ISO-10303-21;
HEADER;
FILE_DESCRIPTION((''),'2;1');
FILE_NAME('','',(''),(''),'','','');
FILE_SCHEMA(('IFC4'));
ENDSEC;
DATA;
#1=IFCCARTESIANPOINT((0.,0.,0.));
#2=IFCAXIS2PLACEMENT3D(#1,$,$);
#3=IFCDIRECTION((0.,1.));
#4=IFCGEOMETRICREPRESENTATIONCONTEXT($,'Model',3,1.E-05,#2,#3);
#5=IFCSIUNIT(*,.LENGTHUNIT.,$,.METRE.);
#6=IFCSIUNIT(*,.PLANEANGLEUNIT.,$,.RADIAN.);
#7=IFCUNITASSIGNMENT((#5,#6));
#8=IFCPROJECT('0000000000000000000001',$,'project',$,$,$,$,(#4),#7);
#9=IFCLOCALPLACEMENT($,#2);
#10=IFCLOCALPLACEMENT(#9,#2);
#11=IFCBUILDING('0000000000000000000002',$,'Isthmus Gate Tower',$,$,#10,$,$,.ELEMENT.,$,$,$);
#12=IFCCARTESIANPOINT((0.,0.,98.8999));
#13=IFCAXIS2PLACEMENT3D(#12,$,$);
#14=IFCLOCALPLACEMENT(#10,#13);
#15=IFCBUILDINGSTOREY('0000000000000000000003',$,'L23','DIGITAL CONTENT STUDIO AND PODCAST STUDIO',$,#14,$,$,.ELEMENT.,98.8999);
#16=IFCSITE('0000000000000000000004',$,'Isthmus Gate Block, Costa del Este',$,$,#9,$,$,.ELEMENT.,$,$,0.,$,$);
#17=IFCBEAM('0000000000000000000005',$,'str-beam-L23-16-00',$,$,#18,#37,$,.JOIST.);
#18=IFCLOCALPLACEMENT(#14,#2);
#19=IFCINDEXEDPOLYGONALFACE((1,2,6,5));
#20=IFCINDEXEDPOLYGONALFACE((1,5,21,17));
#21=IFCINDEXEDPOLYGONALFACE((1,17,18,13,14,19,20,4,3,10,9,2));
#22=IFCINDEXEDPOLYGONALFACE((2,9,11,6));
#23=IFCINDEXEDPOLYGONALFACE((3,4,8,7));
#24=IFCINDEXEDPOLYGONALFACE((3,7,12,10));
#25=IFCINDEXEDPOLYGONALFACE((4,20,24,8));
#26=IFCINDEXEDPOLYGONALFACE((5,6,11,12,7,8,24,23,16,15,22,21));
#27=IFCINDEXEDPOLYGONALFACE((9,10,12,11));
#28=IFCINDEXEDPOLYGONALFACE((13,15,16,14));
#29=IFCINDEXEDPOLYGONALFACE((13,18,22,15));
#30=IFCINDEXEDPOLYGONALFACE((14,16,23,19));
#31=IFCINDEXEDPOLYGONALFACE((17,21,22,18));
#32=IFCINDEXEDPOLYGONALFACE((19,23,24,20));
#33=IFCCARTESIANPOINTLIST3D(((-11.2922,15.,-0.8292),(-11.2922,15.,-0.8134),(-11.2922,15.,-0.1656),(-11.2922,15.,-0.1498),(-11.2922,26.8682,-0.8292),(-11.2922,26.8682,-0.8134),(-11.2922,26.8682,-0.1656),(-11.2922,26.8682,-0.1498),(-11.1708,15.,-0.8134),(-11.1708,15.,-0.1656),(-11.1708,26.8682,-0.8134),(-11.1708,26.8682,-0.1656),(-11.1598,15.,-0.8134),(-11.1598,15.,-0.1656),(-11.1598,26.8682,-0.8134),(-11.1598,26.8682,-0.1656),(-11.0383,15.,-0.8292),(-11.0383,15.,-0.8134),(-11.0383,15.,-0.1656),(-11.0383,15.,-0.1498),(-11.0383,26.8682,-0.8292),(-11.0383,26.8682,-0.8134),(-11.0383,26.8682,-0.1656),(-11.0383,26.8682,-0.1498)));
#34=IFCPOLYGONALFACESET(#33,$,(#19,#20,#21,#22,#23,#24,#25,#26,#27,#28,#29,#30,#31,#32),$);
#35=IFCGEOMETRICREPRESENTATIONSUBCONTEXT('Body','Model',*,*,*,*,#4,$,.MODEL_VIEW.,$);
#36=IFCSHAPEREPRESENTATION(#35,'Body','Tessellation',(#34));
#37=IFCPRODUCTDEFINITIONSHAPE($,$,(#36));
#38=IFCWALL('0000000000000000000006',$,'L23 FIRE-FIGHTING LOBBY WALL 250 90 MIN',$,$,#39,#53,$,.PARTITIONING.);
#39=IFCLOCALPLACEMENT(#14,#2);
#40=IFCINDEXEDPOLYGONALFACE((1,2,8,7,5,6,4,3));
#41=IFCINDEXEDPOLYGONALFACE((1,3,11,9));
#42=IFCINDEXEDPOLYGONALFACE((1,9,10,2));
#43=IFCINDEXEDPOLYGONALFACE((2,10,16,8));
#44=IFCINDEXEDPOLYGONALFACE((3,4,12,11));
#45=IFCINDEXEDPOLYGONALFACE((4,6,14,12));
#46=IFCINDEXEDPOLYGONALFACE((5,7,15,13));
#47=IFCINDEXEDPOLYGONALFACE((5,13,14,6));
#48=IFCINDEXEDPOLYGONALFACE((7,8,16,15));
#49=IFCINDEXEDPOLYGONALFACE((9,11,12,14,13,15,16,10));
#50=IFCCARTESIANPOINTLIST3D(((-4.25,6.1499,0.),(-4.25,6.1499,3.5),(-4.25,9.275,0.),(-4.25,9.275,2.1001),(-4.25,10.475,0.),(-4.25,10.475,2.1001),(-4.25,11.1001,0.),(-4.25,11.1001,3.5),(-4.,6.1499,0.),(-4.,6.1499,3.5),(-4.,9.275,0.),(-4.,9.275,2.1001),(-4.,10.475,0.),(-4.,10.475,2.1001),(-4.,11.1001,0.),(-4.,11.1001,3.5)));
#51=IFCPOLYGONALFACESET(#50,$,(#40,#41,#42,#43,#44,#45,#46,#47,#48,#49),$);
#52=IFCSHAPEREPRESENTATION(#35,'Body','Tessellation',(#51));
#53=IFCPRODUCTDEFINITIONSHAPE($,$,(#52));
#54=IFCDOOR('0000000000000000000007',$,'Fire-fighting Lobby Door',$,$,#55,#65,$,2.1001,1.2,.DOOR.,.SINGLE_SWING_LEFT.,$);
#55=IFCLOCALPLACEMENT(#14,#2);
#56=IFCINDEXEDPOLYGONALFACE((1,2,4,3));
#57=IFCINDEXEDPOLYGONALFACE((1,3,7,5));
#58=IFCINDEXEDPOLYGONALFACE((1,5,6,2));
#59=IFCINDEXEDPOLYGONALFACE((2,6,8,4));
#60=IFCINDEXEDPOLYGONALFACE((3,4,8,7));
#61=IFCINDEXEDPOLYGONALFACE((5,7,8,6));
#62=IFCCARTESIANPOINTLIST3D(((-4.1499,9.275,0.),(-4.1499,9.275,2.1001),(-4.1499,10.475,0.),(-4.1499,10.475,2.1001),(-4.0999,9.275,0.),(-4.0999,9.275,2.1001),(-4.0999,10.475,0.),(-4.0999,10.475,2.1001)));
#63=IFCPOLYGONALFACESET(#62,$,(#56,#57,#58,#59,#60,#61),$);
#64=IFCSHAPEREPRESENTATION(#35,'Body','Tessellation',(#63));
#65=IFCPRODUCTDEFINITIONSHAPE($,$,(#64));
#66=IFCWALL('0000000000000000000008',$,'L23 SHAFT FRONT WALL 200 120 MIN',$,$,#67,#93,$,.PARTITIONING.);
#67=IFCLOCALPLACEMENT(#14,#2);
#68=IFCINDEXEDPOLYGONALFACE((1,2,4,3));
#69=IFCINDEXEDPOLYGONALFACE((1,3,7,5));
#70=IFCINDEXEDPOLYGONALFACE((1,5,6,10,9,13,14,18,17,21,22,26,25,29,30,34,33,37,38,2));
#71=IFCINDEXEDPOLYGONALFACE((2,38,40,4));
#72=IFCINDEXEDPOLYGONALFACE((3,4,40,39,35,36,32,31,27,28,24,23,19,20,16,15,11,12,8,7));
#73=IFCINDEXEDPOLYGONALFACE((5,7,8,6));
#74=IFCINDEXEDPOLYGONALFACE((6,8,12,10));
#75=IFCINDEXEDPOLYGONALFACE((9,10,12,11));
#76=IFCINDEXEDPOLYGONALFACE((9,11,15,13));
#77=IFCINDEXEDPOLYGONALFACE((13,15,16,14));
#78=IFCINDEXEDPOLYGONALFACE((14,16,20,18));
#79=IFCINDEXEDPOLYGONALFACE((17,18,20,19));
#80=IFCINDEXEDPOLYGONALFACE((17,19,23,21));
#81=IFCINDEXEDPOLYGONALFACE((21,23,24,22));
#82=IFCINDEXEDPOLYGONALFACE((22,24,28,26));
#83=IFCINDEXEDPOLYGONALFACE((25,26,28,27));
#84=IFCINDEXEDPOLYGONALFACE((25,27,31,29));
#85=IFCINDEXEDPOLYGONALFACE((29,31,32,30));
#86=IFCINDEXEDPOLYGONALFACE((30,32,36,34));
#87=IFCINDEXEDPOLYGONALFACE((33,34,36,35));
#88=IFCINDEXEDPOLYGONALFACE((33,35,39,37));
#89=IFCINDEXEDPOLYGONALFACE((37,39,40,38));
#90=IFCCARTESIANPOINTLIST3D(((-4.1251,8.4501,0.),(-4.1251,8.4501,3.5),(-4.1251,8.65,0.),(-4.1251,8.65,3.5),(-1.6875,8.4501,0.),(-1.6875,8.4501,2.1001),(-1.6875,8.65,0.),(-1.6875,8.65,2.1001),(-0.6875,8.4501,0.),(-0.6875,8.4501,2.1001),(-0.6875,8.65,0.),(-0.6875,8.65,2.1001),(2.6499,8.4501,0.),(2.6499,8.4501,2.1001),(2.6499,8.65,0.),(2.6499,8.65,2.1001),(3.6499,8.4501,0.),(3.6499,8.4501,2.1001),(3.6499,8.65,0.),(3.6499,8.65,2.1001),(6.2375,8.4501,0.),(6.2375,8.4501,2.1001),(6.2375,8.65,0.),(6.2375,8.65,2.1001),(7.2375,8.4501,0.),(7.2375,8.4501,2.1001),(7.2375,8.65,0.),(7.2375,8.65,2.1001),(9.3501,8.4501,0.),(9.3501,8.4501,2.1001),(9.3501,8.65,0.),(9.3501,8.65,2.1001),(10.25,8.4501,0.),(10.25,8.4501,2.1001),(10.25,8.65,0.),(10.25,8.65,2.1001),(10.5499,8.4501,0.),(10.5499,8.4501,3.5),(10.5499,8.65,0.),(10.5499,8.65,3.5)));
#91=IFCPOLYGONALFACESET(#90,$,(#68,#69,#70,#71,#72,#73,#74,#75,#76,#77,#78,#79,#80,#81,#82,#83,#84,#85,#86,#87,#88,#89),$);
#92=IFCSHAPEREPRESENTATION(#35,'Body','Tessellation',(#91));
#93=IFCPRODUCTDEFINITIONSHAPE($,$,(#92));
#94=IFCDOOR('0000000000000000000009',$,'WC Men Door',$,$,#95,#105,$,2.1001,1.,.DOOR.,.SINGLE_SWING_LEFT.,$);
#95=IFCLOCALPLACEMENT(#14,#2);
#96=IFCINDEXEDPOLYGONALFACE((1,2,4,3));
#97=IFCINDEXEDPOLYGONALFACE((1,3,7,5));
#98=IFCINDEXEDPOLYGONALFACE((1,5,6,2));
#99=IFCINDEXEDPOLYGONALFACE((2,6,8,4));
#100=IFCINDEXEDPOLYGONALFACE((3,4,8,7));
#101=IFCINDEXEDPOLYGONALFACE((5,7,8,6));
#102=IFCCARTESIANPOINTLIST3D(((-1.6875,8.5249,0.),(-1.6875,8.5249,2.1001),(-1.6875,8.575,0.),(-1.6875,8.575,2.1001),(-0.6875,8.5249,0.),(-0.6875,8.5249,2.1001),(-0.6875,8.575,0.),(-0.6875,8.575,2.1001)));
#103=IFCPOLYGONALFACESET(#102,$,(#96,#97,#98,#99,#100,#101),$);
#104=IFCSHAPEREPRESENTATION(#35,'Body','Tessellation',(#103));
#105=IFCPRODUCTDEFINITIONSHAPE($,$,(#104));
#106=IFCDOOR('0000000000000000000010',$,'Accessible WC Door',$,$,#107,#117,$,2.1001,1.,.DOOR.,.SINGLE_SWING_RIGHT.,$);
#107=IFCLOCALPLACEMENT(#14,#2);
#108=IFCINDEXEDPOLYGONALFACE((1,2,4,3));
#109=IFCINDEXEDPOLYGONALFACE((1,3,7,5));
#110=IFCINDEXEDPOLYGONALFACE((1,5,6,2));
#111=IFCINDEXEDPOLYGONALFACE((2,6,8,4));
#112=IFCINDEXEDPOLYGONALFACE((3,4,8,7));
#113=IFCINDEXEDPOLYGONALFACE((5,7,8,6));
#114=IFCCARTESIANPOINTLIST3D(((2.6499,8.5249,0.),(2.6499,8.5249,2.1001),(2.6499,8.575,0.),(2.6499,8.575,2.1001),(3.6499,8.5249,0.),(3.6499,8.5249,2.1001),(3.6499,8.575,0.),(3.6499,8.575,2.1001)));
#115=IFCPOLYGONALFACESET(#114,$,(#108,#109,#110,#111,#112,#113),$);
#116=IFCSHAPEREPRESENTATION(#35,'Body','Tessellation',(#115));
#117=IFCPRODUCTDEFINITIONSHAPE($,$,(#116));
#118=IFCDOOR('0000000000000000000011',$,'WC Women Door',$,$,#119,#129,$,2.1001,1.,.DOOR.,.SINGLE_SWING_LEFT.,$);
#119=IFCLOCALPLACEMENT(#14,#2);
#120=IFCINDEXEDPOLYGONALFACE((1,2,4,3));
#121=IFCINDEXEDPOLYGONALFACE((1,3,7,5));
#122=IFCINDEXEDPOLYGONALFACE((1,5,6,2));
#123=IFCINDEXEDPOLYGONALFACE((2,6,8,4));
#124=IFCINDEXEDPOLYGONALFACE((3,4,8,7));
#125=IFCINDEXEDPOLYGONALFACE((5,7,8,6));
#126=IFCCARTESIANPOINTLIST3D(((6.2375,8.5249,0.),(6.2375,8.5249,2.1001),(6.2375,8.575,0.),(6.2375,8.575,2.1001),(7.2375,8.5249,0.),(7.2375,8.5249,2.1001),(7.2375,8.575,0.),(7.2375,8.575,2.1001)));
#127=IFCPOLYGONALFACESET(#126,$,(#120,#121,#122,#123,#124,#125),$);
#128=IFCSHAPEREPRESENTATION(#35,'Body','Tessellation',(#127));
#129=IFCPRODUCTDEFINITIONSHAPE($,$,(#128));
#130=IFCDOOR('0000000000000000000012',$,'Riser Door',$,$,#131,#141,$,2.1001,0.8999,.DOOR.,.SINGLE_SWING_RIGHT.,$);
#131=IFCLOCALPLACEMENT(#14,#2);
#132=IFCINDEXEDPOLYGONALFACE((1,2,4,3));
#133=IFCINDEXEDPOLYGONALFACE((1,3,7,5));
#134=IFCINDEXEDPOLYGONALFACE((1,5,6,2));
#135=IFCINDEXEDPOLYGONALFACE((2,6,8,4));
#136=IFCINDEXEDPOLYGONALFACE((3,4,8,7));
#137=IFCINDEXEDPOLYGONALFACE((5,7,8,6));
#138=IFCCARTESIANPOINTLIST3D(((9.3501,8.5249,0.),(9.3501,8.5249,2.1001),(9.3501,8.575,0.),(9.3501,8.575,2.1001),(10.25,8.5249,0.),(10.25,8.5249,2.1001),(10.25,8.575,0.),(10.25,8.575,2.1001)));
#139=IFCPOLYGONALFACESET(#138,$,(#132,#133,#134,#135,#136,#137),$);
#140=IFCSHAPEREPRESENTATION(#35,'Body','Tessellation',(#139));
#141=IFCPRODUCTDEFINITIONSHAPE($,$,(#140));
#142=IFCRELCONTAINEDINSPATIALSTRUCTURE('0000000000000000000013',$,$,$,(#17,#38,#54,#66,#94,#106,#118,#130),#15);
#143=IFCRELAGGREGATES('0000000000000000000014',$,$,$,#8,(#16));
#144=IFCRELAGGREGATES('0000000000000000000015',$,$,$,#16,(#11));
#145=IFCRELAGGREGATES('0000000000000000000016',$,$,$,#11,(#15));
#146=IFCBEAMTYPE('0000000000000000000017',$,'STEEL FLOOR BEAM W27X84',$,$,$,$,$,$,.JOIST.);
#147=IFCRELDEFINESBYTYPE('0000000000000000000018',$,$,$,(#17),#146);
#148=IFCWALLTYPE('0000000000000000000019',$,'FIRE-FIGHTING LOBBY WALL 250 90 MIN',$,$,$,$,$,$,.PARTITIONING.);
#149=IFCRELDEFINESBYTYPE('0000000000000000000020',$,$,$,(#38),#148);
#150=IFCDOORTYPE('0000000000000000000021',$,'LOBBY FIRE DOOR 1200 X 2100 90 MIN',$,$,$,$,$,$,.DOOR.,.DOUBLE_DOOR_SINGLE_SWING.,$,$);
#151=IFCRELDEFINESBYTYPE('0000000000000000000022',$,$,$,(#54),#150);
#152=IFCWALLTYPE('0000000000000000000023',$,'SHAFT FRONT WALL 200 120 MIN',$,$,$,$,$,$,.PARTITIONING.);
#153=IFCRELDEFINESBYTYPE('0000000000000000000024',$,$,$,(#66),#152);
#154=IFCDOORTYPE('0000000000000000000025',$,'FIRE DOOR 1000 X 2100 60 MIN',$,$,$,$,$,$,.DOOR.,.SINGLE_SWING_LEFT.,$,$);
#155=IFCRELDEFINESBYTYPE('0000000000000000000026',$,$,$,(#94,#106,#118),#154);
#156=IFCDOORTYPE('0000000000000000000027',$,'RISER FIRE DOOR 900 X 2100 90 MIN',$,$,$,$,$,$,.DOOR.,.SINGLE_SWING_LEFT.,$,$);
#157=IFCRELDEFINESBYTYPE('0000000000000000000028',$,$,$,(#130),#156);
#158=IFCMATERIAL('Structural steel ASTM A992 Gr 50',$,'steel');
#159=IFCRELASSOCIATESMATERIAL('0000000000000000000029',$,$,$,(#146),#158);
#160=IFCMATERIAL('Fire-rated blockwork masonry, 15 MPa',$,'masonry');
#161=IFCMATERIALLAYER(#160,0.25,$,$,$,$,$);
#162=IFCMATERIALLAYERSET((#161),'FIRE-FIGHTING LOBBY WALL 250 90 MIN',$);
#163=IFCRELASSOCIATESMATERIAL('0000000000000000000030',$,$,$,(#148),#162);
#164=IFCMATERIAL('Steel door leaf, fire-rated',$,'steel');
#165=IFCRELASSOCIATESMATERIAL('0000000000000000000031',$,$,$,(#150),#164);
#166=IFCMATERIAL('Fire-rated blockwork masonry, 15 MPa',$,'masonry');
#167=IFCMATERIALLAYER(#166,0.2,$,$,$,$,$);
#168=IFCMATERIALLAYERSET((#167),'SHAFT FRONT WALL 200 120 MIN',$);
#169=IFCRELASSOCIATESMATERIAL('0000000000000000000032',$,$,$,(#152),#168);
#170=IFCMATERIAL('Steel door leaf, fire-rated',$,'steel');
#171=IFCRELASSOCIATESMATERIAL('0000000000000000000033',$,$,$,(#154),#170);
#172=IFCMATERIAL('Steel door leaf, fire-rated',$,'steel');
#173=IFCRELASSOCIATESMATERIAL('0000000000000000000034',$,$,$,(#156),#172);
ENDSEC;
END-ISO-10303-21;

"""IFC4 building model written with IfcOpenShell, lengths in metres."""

from ifc_helpers import new_model, si_unit, direction, frame, frame_2d, origin, origin_2d, place, context, subcontext, project, spatial, rectangle, i_section, extrude, material, layer, layer_set, material_profile, profile_set, type_object, element, fill, save


model = new_model("IFC4")

# Units and contexts
model_context = context("Model", 3, precision=1e-05, world=origin(), true_north=direction((0.0, 1.0)))
body_context = subcontext(model_context, "Body", "Model", "MODEL_VIEW")
ifc_project = project(units=[si_unit("LENGTHUNIT", "METRE"), si_unit("PLANEANGLEUNIT", "RADIAN")], contexts=[model_context])

# Site, building, storey
site_placement = place(None, origin())
site = spatial("IfcSite", under=ifc_project, at=site_placement, Name="Isthmus Gate Block, Costa del Este", CompositionType="ELEMENT", RefElevation=0.0)
building_placement = place(site_placement, origin())
building = spatial("IfcBuilding", under=site, at=building_placement, Name="Isthmus Gate Tower", CompositionType="ELEMENT")
storey_placement = place(building_placement, frame((0.0, 0.0, 98.8999)))
storey = spatial("IfcBuildingStorey", under=building, at=storey_placement, Name="L23", Description="DIGITAL CONTENT STUDIO AND PODCAST STUDIO", CompositionType="ELEMENT", Elevation=98.8999)

# Beam
ifc_material_1 = material(Name="Structural steel ASTM A992 Gr 50", Category="steel")
ifc_material_profile = material_profile(ifc_material_1, i_section(OverallWidth=0.2539, OverallDepth=0.6794, WebThickness=0.011, FlangeThickness=0.0159, at=origin_2d()), Name="W27X84")
ifc_profile_set = profile_set([ifc_material_profile], Name="Structural steel ASTM A992 Gr 50")
beam_type = type_object("IfcBeamType", Name="STEEL FLOOR BEAM W27X84", PredefinedType="JOIST", material=ifc_profile_set)
beam_placement = place(storey_placement, frame((-11.1653, 15.0, -0.4895), z_axis=(0.0, 1.0, 0.0), x_axis=(-1.0, 0.0, 0.0)))
element("IfcBeam", 1, at=beam_placement, inside=storey, type_object=beam_type, Name="str-beam-L23-16-00", PredefinedType="JOIST", context=body_context, shape_type="SweptSolid", body=[
    extrude(i_section(OverallWidth=0.2539, OverallDepth=0.6794, WebThickness=0.011, FlangeThickness=0.0159, at=origin_2d()), origin(), (0.0, 0.0, 1.0), 11.8682),
])

# Wall, opening, door
ifc_material_2 = material(Name="Fire-rated blockwork masonry, 15 MPa", Category="masonry")
ifc_layer_1 = layer(ifc_material_2, 0.25)
ifc_layer_set_1 = layer_set([ifc_layer_1], Name="FIRE-FIGHTING LOBBY WALL 250 90 MIN")
wall_type_1 = type_object("IfcWallType", Name="FIRE-FIGHTING LOBBY WALL 250 90 MIN", PredefinedType="PARTITIONING", material=ifc_layer_set_1)
wall_1_placement = place(storey_placement, frame((-4.125, 6.1499, 0.0), z_axis=(0.0, 0.0, 1.0), x_axis=(0.0, 1.0, 0.0)))
wall_1 = element("IfcWall", 2, at=wall_1_placement, inside=storey, type_object=wall_type_1, Name="L23 FIRE-FIGHTING LOBBY WALL 250 90 MIN", PredefinedType="PARTITIONING", context=body_context, shape_type="SweptSolid", body=[
    extrude(rectangle(XDim=4.9502, YDim=0.25, at=frame_2d((2.4751, 0.0))), origin(), (0.0, 0.0, 1.0), 3.5),
])
opening_1_placement = place(wall_1_placement, frame((3.125, 0.0, 0.0)))
opening_1 = element("IfcOpeningElement", 3, at=opening_1_placement, cuts=wall_1, PredefinedType="OPENING", context=body_context, shape_type="SweptSolid", body=[
    extrude(rectangle(XDim=1.2, YDim=2.1001, at=frame_2d((0.6001, 1.05))), frame((0.0, 0.135, 0.0), z_axis=(0.0, -1.0, 0.0), x_axis=(1.0, 0.0, 0.0)), (0.0, 0.0, 1.0), 0.27),
])
ifc_material_3 = material(Name="Steel door leaf, fire-rated", Category="steel")
door_type_1 = type_object("IfcDoorType", Name="LOBBY FIRE DOOR 1200 X 2100 90 MIN", OperationType="DOUBLE_DOOR_SINGLE_SWING", PredefinedType="DOOR", material=ifc_material_3)
door_1_placement = place(opening_1_placement, origin())
door_1 = element("IfcDoor", 4, at=door_1_placement, inside=storey, type_object=door_type_1, Name="Fire-fighting Lobby Door", OperationType="SINGLE_SWING_LEFT", OverallHeight=2.1001, OverallWidth=1.2, PredefinedType="DOOR", context=body_context, shape_type="SweptSolid", body=[
    extrude(rectangle(XDim=1.2, YDim=2.1001, at=frame_2d((0.6001, 1.05))), frame((0.0, 0.0249, 0.0), z_axis=(0.0, -1.0, 0.0), x_axis=(1.0, 0.0, 0.0)), (0.0, 0.0, 1.0), 0.05),
])
fill(opening_1, door_1)

# Wall, openings, doors
ifc_material_4 = material(Name="Fire-rated blockwork masonry, 15 MPa", Category="masonry")
ifc_layer_2 = layer(ifc_material_4, 0.2)
ifc_layer_set_2 = layer_set([ifc_layer_2], Name="SHAFT FRONT WALL 200 120 MIN")
wall_type_2 = type_object("IfcWallType", Name="SHAFT FRONT WALL 200 120 MIN", PredefinedType="PARTITIONING", material=ifc_layer_set_2)
wall_2_placement = place(storey_placement, frame((-4.125, 8.55, 0.0), z_axis=(0.0, 0.0, 1.0), x_axis=(1.0, 0.0, 0.0)))
wall_2 = element("IfcWall", 5, at=wall_2_placement, inside=storey, type_object=wall_type_2, Name="L23 SHAFT FRONT WALL 200 120 MIN", PredefinedType="PARTITIONING", context=body_context, shape_type="SweptSolid", body=[
    extrude(rectangle(XDim=14.675, YDim=0.2, at=frame_2d((7.3374, 0.0))), origin(), (0.0, 0.0, 1.0), 3.5),
])
opening_2_placement = place(wall_2_placement, frame((2.4375, 0.0, 0.0)))
opening_2 = element("IfcOpeningElement", 6, at=opening_2_placement, cuts=wall_2, PredefinedType="OPENING", context=body_context, shape_type="SweptSolid", body=[
    extrude(rectangle(XDim=1.0, YDim=2.1001, at=frame_2d((0.5, 1.05))), frame((0.0, 0.1099, 0.0), z_axis=(0.0, -1.0, 0.0), x_axis=(1.0, 0.0, 0.0)), (0.0, 0.0, 1.0), 0.22),
])
opening_3_placement = place(wall_2_placement, frame((6.7749, 0.0, 0.0)))
opening_3 = element("IfcOpeningElement", 7, at=opening_3_placement, cuts=wall_2, PredefinedType="OPENING", context=body_context, shape_type="SweptSolid", body=[
    extrude(rectangle(XDim=1.0, YDim=2.1001, at=frame_2d((0.5, 1.05))), frame((0.0, 0.1099, 0.0), z_axis=(0.0, -1.0, 0.0), x_axis=(1.0, 0.0, 0.0)), (0.0, 0.0, 1.0), 0.22),
])
opening_4_placement = place(wall_2_placement, frame((10.3625, 0.0, 0.0)))
opening_4 = element("IfcOpeningElement", 8, at=opening_4_placement, cuts=wall_2, PredefinedType="OPENING", context=body_context, shape_type="SweptSolid", body=[
    extrude(rectangle(XDim=1.0, YDim=2.1001, at=frame_2d((0.5, 1.05))), frame((0.0, 0.1099, 0.0), z_axis=(0.0, -1.0, 0.0), x_axis=(1.0, 0.0, 0.0)), (0.0, 0.0, 1.0), 0.22),
])
opening_5_placement = place(wall_2_placement, frame((13.4751, 0.0, 0.0)))
opening_5 = element("IfcOpeningElement", 9, at=opening_5_placement, cuts=wall_2, PredefinedType="OPENING", context=body_context, shape_type="SweptSolid", body=[
    extrude(rectangle(XDim=0.8999, YDim=2.1001, at=frame_2d((0.45, 1.05))), frame((0.0, 0.1099, 0.0), z_axis=(0.0, -1.0, 0.0), x_axis=(1.0, 0.0, 0.0)), (0.0, 0.0, 1.0), 0.22),
])
ifc_material_5 = material(Name="Steel door leaf, fire-rated", Category="steel")
door_type_2 = type_object("IfcDoorType", Name="FIRE DOOR 1000 X 2100 60 MIN", OperationType="SINGLE_SWING_LEFT", PredefinedType="DOOR", material=ifc_material_5)
door_2_placement = place(opening_2_placement, origin())
door_2 = element("IfcDoor", 10, at=door_2_placement, inside=storey, type_object=door_type_2, Name="WC Men Door", OperationType="SINGLE_SWING_LEFT", OverallHeight=2.1001, OverallWidth=1.0, PredefinedType="DOOR", context=body_context, shape_type="SweptSolid", body=[
    extrude(rectangle(XDim=1.0, YDim=2.1001, at=frame_2d((0.5, 1.05))), frame((0.0, 0.0249, 0.0), z_axis=(0.0, -1.0, 0.0), x_axis=(1.0, 0.0, 0.0)), (0.0, 0.0, 1.0), 0.05),
])
fill(opening_2, door_2)
door_3_placement = place(opening_3_placement, origin())
door_3 = element("IfcDoor", 11, at=door_3_placement, inside=storey, type_object=door_type_2, Name="Accessible WC Door", OperationType="SINGLE_SWING_RIGHT", OverallHeight=2.1001, OverallWidth=1.0, PredefinedType="DOOR", context=body_context, shape_type="SweptSolid", body=[
    extrude(rectangle(XDim=1.0, YDim=2.1001, at=frame_2d((0.5, 1.05))), frame((0.0, 0.0249, 0.0), z_axis=(0.0, -1.0, 0.0), x_axis=(1.0, 0.0, 0.0)), (0.0, 0.0, 1.0), 0.05),
])
fill(opening_3, door_3)
door_4_placement = place(opening_4_placement, origin())
door_4 = element("IfcDoor", 12, at=door_4_placement, inside=storey, type_object=door_type_2, Name="WC Women Door", OperationType="SINGLE_SWING_LEFT", OverallHeight=2.1001, OverallWidth=1.0, PredefinedType="DOOR", context=body_context, shape_type="SweptSolid", body=[
    extrude(rectangle(XDim=1.0, YDim=2.1001, at=frame_2d((0.5, 1.05))), frame((0.0, 0.0249, 0.0), z_axis=(0.0, -1.0, 0.0), x_axis=(1.0, 0.0, 0.0)), (0.0, 0.0, 1.0), 0.05),
])
fill(opening_4, door_4)
ifc_material_6 = material(Name="Steel door leaf, fire-rated", Category="steel")
door_type_3 = type_object("IfcDoorType", Name="RISER FIRE DOOR 900 X 2100 90 MIN", OperationType="SINGLE_SWING_LEFT", PredefinedType="DOOR", material=ifc_material_6)
door_5_placement = place(opening_5_placement, origin())
door_5 = element("IfcDoor", 13, at=door_5_placement, inside=storey, type_object=door_type_3, Name="Riser Door", OperationType="SINGLE_SWING_RIGHT", OverallHeight=2.1001, OverallWidth=0.8999, PredefinedType="DOOR", context=body_context, shape_type="SweptSolid", body=[
    extrude(rectangle(XDim=0.8999, YDim=2.1001, at=frame_2d((0.45, 1.05))), frame((0.0, 0.0249, 0.0), z_axis=(0.0, -1.0, 0.0), x_axis=(1.0, 0.0, 0.0)), (0.0, 0.0, 1.0), 0.05),
])
fill(opening_5, door_5)

save(model, "model.ifc")
